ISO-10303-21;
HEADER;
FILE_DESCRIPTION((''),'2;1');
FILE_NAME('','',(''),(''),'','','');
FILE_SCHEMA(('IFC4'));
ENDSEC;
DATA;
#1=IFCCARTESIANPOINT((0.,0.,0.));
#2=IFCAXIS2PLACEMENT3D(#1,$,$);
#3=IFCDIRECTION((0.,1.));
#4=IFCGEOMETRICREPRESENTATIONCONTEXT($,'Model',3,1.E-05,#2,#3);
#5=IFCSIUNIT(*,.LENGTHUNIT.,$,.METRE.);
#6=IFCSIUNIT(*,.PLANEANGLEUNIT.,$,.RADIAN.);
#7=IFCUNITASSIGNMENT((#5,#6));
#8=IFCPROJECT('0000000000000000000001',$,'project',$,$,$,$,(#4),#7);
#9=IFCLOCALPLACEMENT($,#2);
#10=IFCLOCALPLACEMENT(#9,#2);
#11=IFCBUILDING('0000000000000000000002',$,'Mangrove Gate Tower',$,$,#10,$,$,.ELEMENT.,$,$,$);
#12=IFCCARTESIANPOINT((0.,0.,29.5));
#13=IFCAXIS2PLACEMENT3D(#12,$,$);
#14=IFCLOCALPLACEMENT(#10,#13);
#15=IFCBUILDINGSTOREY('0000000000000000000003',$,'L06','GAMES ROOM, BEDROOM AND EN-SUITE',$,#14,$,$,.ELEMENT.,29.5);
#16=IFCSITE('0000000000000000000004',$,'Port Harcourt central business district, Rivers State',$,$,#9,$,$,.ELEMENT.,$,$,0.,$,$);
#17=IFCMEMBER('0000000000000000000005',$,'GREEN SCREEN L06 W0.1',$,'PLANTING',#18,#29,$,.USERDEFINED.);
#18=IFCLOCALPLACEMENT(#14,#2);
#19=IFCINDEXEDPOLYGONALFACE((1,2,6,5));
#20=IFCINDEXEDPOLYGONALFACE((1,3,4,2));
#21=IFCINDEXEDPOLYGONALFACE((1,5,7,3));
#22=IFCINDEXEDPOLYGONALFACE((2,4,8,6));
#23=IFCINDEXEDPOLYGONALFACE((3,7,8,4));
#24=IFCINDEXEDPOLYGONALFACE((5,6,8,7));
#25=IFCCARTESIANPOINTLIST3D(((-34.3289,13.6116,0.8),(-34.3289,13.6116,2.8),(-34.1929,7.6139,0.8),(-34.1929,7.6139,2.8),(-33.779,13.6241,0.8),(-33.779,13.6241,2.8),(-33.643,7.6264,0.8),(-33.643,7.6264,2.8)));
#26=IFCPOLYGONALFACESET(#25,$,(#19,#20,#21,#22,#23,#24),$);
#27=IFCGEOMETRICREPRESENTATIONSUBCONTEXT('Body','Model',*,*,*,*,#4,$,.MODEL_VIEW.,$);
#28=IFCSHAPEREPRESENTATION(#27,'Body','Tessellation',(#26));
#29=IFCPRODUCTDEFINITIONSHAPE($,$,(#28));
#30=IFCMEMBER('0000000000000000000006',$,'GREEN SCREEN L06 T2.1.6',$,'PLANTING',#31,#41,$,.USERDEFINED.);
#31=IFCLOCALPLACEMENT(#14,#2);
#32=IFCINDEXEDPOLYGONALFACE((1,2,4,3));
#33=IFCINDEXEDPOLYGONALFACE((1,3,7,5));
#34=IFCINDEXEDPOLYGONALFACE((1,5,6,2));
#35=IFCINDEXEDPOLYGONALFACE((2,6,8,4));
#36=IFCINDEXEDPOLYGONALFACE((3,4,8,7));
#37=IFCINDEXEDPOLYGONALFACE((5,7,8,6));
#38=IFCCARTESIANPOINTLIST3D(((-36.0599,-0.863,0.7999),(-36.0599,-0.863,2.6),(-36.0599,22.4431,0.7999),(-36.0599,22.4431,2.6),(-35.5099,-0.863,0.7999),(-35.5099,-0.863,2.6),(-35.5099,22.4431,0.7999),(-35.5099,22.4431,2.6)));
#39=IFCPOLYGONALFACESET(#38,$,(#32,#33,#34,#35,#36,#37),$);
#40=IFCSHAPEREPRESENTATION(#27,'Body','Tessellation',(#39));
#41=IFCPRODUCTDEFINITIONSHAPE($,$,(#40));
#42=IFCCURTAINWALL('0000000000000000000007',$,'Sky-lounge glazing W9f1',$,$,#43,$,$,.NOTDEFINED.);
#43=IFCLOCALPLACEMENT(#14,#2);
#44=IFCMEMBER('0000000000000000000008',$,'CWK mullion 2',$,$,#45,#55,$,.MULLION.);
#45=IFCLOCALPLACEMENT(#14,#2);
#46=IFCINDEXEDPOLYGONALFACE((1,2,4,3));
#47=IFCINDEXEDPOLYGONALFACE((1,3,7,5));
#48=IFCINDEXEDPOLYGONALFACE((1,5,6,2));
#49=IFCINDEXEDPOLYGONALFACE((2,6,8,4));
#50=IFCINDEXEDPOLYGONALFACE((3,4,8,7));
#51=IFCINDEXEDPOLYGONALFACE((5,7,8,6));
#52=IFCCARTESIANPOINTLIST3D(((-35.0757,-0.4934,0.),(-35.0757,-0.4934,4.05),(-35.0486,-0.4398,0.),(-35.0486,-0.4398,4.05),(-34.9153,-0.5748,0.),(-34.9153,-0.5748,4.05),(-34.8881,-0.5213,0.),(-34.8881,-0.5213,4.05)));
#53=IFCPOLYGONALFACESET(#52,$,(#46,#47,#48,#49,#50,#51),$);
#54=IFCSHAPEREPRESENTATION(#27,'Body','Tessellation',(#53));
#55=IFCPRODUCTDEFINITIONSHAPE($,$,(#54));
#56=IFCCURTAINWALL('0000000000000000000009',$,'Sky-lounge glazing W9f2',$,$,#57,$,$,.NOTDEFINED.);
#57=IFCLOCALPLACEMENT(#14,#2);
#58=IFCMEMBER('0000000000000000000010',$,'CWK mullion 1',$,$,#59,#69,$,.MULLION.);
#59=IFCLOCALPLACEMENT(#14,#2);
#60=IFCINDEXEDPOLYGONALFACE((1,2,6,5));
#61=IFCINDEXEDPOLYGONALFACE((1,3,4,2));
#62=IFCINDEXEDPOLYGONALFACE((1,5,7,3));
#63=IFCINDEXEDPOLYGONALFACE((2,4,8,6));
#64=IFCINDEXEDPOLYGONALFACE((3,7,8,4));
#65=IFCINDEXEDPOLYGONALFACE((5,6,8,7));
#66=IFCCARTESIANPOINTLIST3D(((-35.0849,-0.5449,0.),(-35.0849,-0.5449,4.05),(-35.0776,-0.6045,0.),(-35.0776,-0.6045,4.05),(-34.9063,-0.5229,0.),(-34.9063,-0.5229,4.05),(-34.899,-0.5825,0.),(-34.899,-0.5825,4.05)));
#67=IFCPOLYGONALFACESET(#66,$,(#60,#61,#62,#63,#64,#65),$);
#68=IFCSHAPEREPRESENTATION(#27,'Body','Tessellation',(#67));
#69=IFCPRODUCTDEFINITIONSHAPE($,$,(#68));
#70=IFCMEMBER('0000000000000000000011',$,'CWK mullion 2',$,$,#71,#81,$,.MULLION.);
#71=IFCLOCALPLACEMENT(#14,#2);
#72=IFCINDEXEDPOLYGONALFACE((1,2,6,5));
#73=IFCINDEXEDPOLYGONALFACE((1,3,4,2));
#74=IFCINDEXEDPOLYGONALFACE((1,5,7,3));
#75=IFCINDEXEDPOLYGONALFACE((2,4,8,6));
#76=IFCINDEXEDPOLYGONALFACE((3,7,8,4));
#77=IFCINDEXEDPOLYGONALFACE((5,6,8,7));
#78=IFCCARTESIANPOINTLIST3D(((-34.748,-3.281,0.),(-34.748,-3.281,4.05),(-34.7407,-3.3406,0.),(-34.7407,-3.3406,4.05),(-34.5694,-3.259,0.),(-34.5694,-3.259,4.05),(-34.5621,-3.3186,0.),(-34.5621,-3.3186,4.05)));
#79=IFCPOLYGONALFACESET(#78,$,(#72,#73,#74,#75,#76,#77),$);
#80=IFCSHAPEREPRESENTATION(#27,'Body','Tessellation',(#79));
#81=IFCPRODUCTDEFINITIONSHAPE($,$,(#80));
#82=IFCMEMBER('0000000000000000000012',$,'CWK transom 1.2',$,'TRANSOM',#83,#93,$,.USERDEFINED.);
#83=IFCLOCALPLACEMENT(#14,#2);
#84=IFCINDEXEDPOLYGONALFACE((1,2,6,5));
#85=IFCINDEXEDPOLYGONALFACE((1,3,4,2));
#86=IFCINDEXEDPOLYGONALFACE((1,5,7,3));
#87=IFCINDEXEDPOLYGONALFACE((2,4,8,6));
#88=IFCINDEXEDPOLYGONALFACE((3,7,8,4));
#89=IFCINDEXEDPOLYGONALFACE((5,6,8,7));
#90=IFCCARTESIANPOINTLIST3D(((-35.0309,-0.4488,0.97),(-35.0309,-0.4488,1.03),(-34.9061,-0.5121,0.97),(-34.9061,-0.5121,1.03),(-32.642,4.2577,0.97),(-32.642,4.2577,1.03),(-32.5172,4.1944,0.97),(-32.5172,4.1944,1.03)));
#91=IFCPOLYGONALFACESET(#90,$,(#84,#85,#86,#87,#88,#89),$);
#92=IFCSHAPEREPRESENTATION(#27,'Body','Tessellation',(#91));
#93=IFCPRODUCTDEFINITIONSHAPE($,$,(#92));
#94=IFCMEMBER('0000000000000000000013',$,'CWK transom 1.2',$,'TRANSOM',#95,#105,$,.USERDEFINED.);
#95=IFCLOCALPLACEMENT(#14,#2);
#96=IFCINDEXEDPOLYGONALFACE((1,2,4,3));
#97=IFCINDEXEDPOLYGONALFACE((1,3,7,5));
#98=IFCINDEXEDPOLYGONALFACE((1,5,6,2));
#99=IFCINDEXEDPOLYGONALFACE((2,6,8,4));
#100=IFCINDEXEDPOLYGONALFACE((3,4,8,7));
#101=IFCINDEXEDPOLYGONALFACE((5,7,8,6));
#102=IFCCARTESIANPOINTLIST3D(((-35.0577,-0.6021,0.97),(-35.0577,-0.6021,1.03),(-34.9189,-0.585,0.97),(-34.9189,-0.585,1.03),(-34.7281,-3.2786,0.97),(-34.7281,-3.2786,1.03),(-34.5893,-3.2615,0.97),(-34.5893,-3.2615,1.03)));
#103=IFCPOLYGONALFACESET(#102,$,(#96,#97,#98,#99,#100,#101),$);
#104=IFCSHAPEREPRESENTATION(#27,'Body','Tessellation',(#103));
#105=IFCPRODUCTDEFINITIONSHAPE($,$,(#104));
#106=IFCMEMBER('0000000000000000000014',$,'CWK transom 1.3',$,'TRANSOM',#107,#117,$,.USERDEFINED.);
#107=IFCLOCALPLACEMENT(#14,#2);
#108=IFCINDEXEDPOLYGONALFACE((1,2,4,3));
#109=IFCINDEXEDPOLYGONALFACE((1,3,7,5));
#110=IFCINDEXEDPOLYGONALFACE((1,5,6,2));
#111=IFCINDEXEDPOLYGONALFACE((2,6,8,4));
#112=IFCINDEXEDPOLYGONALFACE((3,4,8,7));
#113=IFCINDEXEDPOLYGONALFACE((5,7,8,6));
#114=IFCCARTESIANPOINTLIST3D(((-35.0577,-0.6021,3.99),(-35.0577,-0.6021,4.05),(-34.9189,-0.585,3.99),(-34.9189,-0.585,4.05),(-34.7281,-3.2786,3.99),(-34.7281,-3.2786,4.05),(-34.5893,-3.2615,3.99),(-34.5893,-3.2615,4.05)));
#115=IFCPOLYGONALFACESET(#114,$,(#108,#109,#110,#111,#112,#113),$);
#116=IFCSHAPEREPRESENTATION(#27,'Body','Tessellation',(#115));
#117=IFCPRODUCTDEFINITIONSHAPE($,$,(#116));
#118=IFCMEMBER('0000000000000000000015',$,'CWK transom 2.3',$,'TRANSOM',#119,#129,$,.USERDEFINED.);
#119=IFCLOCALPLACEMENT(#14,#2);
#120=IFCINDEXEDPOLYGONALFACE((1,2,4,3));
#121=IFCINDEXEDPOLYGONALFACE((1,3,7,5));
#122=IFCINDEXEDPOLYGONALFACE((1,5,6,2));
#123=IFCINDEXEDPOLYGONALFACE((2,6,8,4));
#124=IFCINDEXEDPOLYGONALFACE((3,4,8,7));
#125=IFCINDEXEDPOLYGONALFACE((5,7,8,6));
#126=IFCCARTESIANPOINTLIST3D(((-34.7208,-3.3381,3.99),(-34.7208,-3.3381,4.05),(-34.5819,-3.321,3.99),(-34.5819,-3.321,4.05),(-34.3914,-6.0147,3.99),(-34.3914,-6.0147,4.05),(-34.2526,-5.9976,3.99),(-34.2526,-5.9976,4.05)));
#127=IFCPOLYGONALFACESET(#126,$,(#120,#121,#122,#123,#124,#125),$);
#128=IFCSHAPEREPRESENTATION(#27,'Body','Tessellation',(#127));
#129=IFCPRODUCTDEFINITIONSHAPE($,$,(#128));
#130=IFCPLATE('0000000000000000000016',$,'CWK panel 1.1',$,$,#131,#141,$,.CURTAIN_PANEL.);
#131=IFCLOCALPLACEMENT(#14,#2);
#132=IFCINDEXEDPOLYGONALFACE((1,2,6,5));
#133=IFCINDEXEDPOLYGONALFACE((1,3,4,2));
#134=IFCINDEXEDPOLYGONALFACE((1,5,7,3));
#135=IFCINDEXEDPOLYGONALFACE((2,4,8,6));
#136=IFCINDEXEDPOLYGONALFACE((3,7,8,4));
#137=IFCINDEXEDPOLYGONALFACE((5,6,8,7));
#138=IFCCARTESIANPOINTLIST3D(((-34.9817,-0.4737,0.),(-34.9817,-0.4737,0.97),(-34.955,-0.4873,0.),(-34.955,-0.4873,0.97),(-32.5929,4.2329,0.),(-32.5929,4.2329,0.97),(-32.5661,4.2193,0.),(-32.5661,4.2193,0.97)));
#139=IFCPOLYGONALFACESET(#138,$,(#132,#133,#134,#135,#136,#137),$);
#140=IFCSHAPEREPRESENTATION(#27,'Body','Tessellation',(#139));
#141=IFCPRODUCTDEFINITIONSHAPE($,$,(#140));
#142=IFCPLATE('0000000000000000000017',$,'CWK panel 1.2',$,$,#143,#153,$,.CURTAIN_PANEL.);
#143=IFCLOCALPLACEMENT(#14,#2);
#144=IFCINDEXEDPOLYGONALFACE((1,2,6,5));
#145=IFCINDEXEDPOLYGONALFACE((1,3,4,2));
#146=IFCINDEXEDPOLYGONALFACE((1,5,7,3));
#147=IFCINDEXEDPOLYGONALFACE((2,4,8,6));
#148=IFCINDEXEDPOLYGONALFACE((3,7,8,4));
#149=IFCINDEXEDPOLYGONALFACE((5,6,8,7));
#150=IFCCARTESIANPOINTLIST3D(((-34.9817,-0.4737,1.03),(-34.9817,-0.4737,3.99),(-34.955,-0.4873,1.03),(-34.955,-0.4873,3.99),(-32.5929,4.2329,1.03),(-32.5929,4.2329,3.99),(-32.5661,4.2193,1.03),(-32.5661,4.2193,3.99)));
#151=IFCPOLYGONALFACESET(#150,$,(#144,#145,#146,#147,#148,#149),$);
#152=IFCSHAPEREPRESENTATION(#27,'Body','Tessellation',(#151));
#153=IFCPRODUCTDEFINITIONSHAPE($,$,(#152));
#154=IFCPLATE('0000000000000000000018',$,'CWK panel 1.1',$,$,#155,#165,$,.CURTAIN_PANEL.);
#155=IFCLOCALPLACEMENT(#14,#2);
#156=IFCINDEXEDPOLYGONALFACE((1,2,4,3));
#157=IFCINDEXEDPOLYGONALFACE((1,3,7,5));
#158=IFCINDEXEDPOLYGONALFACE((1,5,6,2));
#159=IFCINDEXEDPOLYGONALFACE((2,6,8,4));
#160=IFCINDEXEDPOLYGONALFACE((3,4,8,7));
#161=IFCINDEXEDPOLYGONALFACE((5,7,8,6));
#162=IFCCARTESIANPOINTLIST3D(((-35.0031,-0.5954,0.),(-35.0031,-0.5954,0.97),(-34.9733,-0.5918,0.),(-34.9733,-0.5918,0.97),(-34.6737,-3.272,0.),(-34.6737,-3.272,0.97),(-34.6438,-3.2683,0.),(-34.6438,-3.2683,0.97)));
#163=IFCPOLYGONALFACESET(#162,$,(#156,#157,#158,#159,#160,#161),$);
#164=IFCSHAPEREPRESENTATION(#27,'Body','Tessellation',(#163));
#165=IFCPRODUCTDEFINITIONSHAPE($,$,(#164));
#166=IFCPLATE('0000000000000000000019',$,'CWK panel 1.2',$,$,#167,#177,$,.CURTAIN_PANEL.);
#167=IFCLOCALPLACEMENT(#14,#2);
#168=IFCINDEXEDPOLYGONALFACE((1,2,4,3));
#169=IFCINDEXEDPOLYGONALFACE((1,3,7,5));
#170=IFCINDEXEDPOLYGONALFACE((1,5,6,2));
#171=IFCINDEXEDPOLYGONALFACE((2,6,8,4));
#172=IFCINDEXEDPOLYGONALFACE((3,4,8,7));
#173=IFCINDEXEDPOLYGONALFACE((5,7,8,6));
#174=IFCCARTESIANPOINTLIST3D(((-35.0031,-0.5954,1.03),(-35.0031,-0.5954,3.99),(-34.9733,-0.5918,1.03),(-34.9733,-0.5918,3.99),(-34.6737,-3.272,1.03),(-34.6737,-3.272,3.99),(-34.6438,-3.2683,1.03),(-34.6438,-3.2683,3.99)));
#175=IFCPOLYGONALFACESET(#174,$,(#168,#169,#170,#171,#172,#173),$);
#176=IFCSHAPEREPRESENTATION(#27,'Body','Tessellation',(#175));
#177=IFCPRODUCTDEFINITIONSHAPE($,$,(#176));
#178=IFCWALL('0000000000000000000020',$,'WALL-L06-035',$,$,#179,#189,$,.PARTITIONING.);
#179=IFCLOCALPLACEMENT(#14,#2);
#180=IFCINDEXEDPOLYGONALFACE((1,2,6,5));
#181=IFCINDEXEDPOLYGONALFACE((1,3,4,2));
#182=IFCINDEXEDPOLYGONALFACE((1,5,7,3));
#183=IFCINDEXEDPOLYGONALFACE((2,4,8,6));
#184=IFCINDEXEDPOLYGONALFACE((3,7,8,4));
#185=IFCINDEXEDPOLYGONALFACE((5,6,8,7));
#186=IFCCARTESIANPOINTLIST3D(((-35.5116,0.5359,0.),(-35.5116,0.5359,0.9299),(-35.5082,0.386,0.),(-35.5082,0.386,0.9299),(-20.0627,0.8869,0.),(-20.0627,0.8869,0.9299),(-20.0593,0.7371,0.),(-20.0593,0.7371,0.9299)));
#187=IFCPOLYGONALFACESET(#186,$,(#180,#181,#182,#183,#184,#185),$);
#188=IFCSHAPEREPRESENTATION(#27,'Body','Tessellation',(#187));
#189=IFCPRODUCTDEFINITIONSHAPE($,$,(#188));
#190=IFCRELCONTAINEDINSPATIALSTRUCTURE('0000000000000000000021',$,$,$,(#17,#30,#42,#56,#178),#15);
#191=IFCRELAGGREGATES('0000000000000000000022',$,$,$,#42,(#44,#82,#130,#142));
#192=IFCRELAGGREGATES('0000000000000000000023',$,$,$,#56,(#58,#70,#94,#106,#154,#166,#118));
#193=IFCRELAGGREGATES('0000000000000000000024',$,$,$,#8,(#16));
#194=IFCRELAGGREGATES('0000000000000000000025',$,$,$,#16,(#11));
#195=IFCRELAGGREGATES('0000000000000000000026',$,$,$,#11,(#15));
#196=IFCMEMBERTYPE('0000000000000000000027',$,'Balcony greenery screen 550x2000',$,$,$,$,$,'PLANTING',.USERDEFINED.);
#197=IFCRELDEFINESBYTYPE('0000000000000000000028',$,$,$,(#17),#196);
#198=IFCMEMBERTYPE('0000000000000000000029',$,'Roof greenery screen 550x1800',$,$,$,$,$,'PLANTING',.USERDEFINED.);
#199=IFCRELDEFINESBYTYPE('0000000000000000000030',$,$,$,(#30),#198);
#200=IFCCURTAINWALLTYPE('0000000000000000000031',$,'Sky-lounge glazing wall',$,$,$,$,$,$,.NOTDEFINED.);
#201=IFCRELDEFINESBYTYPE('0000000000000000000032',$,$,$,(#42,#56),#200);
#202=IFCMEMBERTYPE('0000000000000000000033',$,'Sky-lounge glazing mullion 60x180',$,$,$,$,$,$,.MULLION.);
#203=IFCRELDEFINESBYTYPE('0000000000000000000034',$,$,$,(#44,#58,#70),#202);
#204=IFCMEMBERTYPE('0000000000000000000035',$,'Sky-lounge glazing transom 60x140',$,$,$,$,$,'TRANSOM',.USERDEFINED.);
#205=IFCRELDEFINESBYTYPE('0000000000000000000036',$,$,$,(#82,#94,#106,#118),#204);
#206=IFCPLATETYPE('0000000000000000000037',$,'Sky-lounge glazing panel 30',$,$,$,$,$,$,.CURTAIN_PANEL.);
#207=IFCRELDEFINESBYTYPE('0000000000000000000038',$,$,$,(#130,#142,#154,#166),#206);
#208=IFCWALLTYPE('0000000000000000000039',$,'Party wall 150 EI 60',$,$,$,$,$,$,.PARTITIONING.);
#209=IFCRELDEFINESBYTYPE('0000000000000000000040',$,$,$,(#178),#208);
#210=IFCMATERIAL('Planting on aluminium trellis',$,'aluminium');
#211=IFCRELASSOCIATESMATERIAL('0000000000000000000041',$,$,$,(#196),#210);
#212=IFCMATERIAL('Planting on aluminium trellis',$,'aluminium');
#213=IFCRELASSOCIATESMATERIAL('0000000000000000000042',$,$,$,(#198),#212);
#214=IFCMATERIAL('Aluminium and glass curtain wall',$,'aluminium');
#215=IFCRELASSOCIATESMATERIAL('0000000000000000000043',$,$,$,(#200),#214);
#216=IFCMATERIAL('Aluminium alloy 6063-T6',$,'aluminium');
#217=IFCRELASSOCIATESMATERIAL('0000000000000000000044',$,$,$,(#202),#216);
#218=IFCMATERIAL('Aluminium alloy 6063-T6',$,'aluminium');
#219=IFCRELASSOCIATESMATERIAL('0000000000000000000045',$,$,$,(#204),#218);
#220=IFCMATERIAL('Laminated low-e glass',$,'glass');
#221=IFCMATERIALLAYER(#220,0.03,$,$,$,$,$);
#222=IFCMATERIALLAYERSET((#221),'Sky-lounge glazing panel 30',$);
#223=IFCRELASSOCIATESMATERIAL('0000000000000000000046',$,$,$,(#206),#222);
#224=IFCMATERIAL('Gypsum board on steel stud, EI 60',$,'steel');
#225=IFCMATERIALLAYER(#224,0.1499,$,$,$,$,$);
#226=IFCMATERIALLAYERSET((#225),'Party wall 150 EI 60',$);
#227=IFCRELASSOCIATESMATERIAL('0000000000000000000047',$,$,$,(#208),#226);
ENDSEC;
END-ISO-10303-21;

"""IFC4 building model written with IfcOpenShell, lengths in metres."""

from ifc_helpers import new_model, si_unit, direction, frame, frame_2d, origin, origin_2d, place, context, subcontext, project, spatial, rectangle, extrude, material, layer, layer_set, material_profile, profile_set, type_object, element, aggregate, save


model = new_model("IFC4")

# Units and contexts
model_context = context("Model", 3, precision=1e-05, world=origin(), true_north=direction((0.0, 1.0)))
body_context = subcontext(model_context, "Body", "Model", "MODEL_VIEW")
ifc_project = project(units=[si_unit("LENGTHUNIT", "METRE"), si_unit("PLANEANGLEUNIT", "RADIAN")], contexts=[model_context])

# Site, building, storey
site_placement = place(None, origin())
site = spatial("IfcSite", under=ifc_project, at=site_placement, Name="Port Harcourt central business district, Rivers State", CompositionType="ELEMENT", RefElevation=0.0)
building_placement = place(site_placement, origin())
building = spatial("IfcBuilding", under=site, at=building_placement, Name="Mangrove Gate Tower", CompositionType="ELEMENT")
storey_placement = place(building_placement, frame((0.0, 0.0, 29.5)))
storey = spatial("IfcBuildingStorey", under=building, at=storey_placement, Name="L06", Description="GAMES ROOM, BEDROOM AND EN-SUITE", CompositionType="ELEMENT", Elevation=29.5)

# Members
ifc_material_1 = material(Name="Planting on aluminium trellis", Category="aluminium")
ifc_material_profile_1 = material_profile(ifc_material_1, rectangle(XDim=0.55, YDim=2.0, at=origin_2d()))
ifc_profile_set_1 = profile_set([ifc_material_profile_1], Name="Planting on aluminium trellis")
member_type_1 = type_object("IfcMemberType", Name="Balcony greenery screen 550x2000", ElementType="PLANTING", PredefinedType="USERDEFINED", material=ifc_profile_set_1)
member_1_placement = place(storey_placement, frame((-33.918, 7.6201, 1.8), z_axis=(-0.022667, 0.999743, 0.0), x_axis=(-0.999743, -0.022667, 0.0)))
element("IfcMember", 1, at=member_1_placement, inside=storey, type_object=member_type_1, Name="GREEN SCREEN L06 W0.1", ObjectType="PLANTING", PredefinedType="USERDEFINED", context=body_context, shape_type="SweptSolid", body=[
    extrude(rectangle(XDim=0.55, YDim=2.0, at=origin_2d()), origin(), (0.0, 0.0, 1.0), 5.9993),
])
ifc_material_2 = material(Name="Planting on aluminium trellis", Category="aluminium")
ifc_material_profile_2 = material_profile(ifc_material_2, rectangle(XDim=0.55, YDim=1.8, at=origin_2d()))
ifc_profile_set_2 = profile_set([ifc_material_profile_2], Name="Planting on aluminium trellis")
member_type_2 = type_object("IfcMemberType", Name="Roof greenery screen 550x1800", ElementType="PLANTING", PredefinedType="USERDEFINED", material=ifc_profile_set_2)
member_2_placement = place(storey_placement, frame((-35.7849, -0.863, 1.7), z_axis=(0.0, 1.0, 0.0), x_axis=(-1.0, 0.0, 0.0)))
element("IfcMember", 2, at=member_2_placement, inside=storey, type_object=member_type_2, Name="GREEN SCREEN L06 T2.1.6", ObjectType="PLANTING", PredefinedType="USERDEFINED", context=body_context, shape_type="SweptSolid", body=[
    extrude(rectangle(XDim=0.55, YDim=1.8, at=origin_2d()), origin(), (0.0, 0.0, 1.0), 23.3062),
])

# Curtain wall, member
ifc_material_3 = material(Name="Aluminium and glass curtain wall", Category="aluminium")
curtain_wall_type = type_object("IfcCurtainWallType", Name="Sky-lounge glazing wall", PredefinedType="NOTDEFINED", material=ifc_material_3)
curtain_wall_1_placement = place(storey_placement, origin())
curtain_wall_1 = element("IfcCurtainWall", 3, at=curtain_wall_1_placement, inside=storey, type_object=curtain_wall_type, Name="Sky-lounge glazing W9f1", PredefinedType="NOTDEFINED")
ifc_material_4 = material(Name="Aluminium alloy 6063-T6", Category="aluminium")
ifc_material_profile_3 = material_profile(ifc_material_4, rectangle(XDim=0.0601, YDim=0.1799, at=origin_2d()))
ifc_profile_set_3 = profile_set([ifc_material_profile_3], Name="Aluminium alloy 6063-T6")
member_type_3 = type_object("IfcMemberType", Name="Sky-lounge glazing mullion 60x180", PredefinedType="MULLION", material=ifc_profile_set_3)
member_3_placement = place(storey_placement, frame((-34.9819, -0.5073, 0.0), z_axis=(0.0, 0.0, 1.0), x_axis=(-0.4526, -0.891714, 0.0)))
member_3 = element("IfcMember", 4, at=member_3_placement, type_object=member_type_3, Name="CWK mullion 2", PredefinedType="MULLION", context=body_context, shape_type="SweptSolid", body=[
    extrude(rectangle(XDim=0.0601, YDim=0.1799, at=origin_2d()), origin(), (0.0, 0.0, 1.0), 4.05),
])

# Curtain wall, members
curtain_wall_2_placement = place(storey_placement, origin())
curtain_wall_2 = element("IfcCurtainWall", 5, at=curtain_wall_2_placement, inside=storey, type_object=curtain_wall_type, Name="Sky-lounge glazing W9f2", PredefinedType="NOTDEFINED")
member_4_placement = place(storey_placement, frame((-34.9919, -0.5637, 0.0), z_axis=(0.0, 0.0, 1.0), x_axis=(0.122172, -0.992509, 0.0)))
member_4 = element("IfcMember", 6, at=member_4_placement, type_object=member_type_3, Name="CWK mullion 1", PredefinedType="MULLION", context=body_context, shape_type="SweptSolid", body=[
    extrude(rectangle(XDim=0.0601, YDim=0.1799, at=origin_2d()), origin(), (0.0, 0.0, 1.0), 4.05),
])
member_5_placement = place(storey_placement, frame((-34.655, -3.2998, 0.0), z_axis=(0.0, 0.0, 1.0), x_axis=(0.122172, -0.992509, 0.0)))
member_5 = element("IfcMember", 7, at=member_5_placement, type_object=member_type_3, Name="CWK mullion 2", PredefinedType="MULLION", context=body_context, shape_type="SweptSolid", body=[
    extrude(rectangle(XDim=0.0601, YDim=0.1799, at=origin_2d()), origin(), (0.0, 0.0, 1.0), 4.05),
])

# Members
ifc_material_5 = material(Name="Aluminium alloy 6063-T6", Category="aluminium")
ifc_material_profile_4 = material_profile(ifc_material_5, rectangle(XDim=0.0601, YDim=0.1399, at=origin_2d()))
ifc_profile_set_4 = profile_set([ifc_material_profile_4], Name="Aluminium alloy 6063-T6")
member_type_4 = type_object("IfcMemberType", Name="Sky-lounge glazing transom 60x140", ElementType="TRANSOM", PredefinedType="USERDEFINED", material=ifc_profile_set_4)
member_6_placement = place(storey_placement, frame((-32.5796, 4.2261, 1.0), z_axis=(-0.452608, -0.89171, 0.0), x_axis=(0.0, 0.0, 1.0)))
member_6 = element("IfcMember", 8, at=member_6_placement, type_object=member_type_4, Name="CWK transom 1.2", ObjectType="TRANSOM", PredefinedType="USERDEFINED", context=body_context, shape_type="SweptSolid", body=[
    extrude(rectangle(XDim=0.0601, YDim=0.1399, at=origin_2d()), origin(), (0.0, 0.0, 1.0), 5.2781),
])
member_7_placement = place(storey_placement, frame((-34.9883, -0.5935, 1.0), z_axis=(0.122218, -0.992503, 0.0), x_axis=(0.0, 0.0, 1.0)))
member_7 = element("IfcMember", 9, at=member_7_placement, type_object=member_type_4, Name="CWK transom 1.2", ObjectType="TRANSOM", PredefinedType="USERDEFINED", context=body_context, shape_type="SweptSolid", body=[
    extrude(rectangle(XDim=0.0601, YDim=0.1399, at=origin_2d()), origin(), (0.0, 0.0, 1.0), 2.6968),
])
member_8_placement = place(storey_placement, frame((-34.9883, -0.5935, 4.02), z_axis=(0.122218, -0.992503, 0.0), x_axis=(0.0, 0.0, 1.0)))
member_8 = element("IfcMember", 10, at=member_8_placement, type_object=member_type_4, Name="CWK transom 1.3", ObjectType="TRANSOM", PredefinedType="USERDEFINED", context=body_context, shape_type="SweptSolid", body=[
    extrude(rectangle(XDim=0.0601, YDim=0.1399, at=origin_2d()), origin(), (0.0, 0.0, 1.0), 2.6968),
])
member_9_placement = place(storey_placement, frame((-34.6514, -3.3296, 4.02), z_axis=(0.122129, -0.992514, 0.0), x_axis=(0.0, 0.0, 1.0)))
member_9 = element("IfcMember", 11, at=member_9_placement, type_object=member_type_4, Name="CWK transom 2.3", ObjectType="TRANSOM", PredefinedType="USERDEFINED", context=body_context, shape_type="SweptSolid", body=[
    extrude(rectangle(XDim=0.0601, YDim=0.1399, at=origin_2d()), origin(), (0.0, 0.0, 1.0), 2.6968),
])

# Plates
ifc_material_6 = material(Name="Laminated low-e glass", Category="glass")
ifc_layer_1 = layer(ifc_material_6, 0.03)
ifc_layer_set_1 = layer_set([ifc_layer_1], Name="Sky-lounge glazing panel 30")
plate_type = type_object("IfcPlateType", Name="Sky-lounge glazing panel 30", PredefinedType="CURTAIN_PANEL", material=ifc_layer_set_1)
plate_1_placement = place(storey_placement, frame((-33.7739, 1.8728, 0.0), z_axis=(0.0, 0.0, 1.0), x_axis=(-0.4526, -0.891714, 0.0)))
plate_1 = element("IfcPlate", 12, at=plate_1_placement, type_object=plate_type, Name="CWK panel 1.1", PredefinedType="CURTAIN_PANEL", context=body_context, shape_type="SweptSolid", body=[
    extrude(rectangle(XDim=5.2781, YDim=0.03, at=origin_2d()), origin(), (0.0, 0.0, 1.0), 0.97),
])
plate_2_placement = place(storey_placement, frame((-33.7739, 1.8728, 1.03), z_axis=(0.0, 0.0, 1.0), x_axis=(-0.4526, -0.891714, 0.0)))
plate_2 = element("IfcPlate", 13, at=plate_2_placement, type_object=plate_type, Name="CWK panel 1.2", PredefinedType="CURTAIN_PANEL", context=body_context, shape_type="SweptSolid", body=[
    extrude(rectangle(XDim=5.2781, YDim=0.03, at=origin_2d()), origin(), (0.0, 0.0, 1.0), 2.96),
])
aggregate(curtain_wall_1, [member_3, member_6, plate_1, plate_2])
plate_3_placement = place(storey_placement, frame((-34.8235, -1.9319, 0.0), z_axis=(0.0, 0.0, 1.0), x_axis=(0.122172, -0.992509, 0.0)))
plate_3 = element("IfcPlate", 14, at=plate_3_placement, type_object=plate_type, Name="CWK panel 1.1", PredefinedType="CURTAIN_PANEL", context=body_context, shape_type="SweptSolid", body=[
    extrude(rectangle(XDim=2.6968, YDim=0.03, at=origin_2d()), origin(), (0.0, 0.0, 1.0), 0.97),
])
plate_4_placement = place(storey_placement, frame((-34.8235, -1.9319, 1.03), z_axis=(0.0, 0.0, 1.0), x_axis=(0.122172, -0.992509, 0.0)))
plate_4 = element("IfcPlate", 15, at=plate_4_placement, type_object=plate_type, Name="CWK panel 1.2", PredefinedType="CURTAIN_PANEL", context=body_context, shape_type="SweptSolid", body=[
    extrude(rectangle(XDim=2.6968, YDim=0.03, at=origin_2d()), origin(), (0.0, 0.0, 1.0), 2.96),
])
aggregate(curtain_wall_2, [member_4, member_5, member_7, member_8, plate_3, plate_4, member_9])

# Wall
ifc_material_7 = material(Name="Gypsum board on steel stud, EI 60", Category="steel")
ifc_layer_2 = layer(ifc_material_7, 0.1499)
ifc_layer_set_2 = layer_set([ifc_layer_2], Name="Party wall 150 EI 60")
wall_type_1 = type_object("IfcWallType", Name="Party wall 150 EI 60", PredefinedType="PARTITIONING", material=ifc_layer_set_2)
wall_1_placement = place(storey_placement, frame((-35.51, 0.4609, 0.0), z_axis=(0.0, 0.0, 1.0), x_axis=(0.999742, 0.022719, 0.0)))
element("IfcWall", 16, at=wall_1_placement, inside=storey, type_object=wall_type_1, Name="WALL-L06-035", PredefinedType="PARTITIONING", context=body_context, shape_type="SweptSolid", body=[
    extrude(rectangle(XDim=15.4529, YDim=0.1499, at=frame_2d((7.7266, 0.0))), origin(), (0.0, 0.0, 1.0), 0.9299),
])

save(model, "model.ifc")
